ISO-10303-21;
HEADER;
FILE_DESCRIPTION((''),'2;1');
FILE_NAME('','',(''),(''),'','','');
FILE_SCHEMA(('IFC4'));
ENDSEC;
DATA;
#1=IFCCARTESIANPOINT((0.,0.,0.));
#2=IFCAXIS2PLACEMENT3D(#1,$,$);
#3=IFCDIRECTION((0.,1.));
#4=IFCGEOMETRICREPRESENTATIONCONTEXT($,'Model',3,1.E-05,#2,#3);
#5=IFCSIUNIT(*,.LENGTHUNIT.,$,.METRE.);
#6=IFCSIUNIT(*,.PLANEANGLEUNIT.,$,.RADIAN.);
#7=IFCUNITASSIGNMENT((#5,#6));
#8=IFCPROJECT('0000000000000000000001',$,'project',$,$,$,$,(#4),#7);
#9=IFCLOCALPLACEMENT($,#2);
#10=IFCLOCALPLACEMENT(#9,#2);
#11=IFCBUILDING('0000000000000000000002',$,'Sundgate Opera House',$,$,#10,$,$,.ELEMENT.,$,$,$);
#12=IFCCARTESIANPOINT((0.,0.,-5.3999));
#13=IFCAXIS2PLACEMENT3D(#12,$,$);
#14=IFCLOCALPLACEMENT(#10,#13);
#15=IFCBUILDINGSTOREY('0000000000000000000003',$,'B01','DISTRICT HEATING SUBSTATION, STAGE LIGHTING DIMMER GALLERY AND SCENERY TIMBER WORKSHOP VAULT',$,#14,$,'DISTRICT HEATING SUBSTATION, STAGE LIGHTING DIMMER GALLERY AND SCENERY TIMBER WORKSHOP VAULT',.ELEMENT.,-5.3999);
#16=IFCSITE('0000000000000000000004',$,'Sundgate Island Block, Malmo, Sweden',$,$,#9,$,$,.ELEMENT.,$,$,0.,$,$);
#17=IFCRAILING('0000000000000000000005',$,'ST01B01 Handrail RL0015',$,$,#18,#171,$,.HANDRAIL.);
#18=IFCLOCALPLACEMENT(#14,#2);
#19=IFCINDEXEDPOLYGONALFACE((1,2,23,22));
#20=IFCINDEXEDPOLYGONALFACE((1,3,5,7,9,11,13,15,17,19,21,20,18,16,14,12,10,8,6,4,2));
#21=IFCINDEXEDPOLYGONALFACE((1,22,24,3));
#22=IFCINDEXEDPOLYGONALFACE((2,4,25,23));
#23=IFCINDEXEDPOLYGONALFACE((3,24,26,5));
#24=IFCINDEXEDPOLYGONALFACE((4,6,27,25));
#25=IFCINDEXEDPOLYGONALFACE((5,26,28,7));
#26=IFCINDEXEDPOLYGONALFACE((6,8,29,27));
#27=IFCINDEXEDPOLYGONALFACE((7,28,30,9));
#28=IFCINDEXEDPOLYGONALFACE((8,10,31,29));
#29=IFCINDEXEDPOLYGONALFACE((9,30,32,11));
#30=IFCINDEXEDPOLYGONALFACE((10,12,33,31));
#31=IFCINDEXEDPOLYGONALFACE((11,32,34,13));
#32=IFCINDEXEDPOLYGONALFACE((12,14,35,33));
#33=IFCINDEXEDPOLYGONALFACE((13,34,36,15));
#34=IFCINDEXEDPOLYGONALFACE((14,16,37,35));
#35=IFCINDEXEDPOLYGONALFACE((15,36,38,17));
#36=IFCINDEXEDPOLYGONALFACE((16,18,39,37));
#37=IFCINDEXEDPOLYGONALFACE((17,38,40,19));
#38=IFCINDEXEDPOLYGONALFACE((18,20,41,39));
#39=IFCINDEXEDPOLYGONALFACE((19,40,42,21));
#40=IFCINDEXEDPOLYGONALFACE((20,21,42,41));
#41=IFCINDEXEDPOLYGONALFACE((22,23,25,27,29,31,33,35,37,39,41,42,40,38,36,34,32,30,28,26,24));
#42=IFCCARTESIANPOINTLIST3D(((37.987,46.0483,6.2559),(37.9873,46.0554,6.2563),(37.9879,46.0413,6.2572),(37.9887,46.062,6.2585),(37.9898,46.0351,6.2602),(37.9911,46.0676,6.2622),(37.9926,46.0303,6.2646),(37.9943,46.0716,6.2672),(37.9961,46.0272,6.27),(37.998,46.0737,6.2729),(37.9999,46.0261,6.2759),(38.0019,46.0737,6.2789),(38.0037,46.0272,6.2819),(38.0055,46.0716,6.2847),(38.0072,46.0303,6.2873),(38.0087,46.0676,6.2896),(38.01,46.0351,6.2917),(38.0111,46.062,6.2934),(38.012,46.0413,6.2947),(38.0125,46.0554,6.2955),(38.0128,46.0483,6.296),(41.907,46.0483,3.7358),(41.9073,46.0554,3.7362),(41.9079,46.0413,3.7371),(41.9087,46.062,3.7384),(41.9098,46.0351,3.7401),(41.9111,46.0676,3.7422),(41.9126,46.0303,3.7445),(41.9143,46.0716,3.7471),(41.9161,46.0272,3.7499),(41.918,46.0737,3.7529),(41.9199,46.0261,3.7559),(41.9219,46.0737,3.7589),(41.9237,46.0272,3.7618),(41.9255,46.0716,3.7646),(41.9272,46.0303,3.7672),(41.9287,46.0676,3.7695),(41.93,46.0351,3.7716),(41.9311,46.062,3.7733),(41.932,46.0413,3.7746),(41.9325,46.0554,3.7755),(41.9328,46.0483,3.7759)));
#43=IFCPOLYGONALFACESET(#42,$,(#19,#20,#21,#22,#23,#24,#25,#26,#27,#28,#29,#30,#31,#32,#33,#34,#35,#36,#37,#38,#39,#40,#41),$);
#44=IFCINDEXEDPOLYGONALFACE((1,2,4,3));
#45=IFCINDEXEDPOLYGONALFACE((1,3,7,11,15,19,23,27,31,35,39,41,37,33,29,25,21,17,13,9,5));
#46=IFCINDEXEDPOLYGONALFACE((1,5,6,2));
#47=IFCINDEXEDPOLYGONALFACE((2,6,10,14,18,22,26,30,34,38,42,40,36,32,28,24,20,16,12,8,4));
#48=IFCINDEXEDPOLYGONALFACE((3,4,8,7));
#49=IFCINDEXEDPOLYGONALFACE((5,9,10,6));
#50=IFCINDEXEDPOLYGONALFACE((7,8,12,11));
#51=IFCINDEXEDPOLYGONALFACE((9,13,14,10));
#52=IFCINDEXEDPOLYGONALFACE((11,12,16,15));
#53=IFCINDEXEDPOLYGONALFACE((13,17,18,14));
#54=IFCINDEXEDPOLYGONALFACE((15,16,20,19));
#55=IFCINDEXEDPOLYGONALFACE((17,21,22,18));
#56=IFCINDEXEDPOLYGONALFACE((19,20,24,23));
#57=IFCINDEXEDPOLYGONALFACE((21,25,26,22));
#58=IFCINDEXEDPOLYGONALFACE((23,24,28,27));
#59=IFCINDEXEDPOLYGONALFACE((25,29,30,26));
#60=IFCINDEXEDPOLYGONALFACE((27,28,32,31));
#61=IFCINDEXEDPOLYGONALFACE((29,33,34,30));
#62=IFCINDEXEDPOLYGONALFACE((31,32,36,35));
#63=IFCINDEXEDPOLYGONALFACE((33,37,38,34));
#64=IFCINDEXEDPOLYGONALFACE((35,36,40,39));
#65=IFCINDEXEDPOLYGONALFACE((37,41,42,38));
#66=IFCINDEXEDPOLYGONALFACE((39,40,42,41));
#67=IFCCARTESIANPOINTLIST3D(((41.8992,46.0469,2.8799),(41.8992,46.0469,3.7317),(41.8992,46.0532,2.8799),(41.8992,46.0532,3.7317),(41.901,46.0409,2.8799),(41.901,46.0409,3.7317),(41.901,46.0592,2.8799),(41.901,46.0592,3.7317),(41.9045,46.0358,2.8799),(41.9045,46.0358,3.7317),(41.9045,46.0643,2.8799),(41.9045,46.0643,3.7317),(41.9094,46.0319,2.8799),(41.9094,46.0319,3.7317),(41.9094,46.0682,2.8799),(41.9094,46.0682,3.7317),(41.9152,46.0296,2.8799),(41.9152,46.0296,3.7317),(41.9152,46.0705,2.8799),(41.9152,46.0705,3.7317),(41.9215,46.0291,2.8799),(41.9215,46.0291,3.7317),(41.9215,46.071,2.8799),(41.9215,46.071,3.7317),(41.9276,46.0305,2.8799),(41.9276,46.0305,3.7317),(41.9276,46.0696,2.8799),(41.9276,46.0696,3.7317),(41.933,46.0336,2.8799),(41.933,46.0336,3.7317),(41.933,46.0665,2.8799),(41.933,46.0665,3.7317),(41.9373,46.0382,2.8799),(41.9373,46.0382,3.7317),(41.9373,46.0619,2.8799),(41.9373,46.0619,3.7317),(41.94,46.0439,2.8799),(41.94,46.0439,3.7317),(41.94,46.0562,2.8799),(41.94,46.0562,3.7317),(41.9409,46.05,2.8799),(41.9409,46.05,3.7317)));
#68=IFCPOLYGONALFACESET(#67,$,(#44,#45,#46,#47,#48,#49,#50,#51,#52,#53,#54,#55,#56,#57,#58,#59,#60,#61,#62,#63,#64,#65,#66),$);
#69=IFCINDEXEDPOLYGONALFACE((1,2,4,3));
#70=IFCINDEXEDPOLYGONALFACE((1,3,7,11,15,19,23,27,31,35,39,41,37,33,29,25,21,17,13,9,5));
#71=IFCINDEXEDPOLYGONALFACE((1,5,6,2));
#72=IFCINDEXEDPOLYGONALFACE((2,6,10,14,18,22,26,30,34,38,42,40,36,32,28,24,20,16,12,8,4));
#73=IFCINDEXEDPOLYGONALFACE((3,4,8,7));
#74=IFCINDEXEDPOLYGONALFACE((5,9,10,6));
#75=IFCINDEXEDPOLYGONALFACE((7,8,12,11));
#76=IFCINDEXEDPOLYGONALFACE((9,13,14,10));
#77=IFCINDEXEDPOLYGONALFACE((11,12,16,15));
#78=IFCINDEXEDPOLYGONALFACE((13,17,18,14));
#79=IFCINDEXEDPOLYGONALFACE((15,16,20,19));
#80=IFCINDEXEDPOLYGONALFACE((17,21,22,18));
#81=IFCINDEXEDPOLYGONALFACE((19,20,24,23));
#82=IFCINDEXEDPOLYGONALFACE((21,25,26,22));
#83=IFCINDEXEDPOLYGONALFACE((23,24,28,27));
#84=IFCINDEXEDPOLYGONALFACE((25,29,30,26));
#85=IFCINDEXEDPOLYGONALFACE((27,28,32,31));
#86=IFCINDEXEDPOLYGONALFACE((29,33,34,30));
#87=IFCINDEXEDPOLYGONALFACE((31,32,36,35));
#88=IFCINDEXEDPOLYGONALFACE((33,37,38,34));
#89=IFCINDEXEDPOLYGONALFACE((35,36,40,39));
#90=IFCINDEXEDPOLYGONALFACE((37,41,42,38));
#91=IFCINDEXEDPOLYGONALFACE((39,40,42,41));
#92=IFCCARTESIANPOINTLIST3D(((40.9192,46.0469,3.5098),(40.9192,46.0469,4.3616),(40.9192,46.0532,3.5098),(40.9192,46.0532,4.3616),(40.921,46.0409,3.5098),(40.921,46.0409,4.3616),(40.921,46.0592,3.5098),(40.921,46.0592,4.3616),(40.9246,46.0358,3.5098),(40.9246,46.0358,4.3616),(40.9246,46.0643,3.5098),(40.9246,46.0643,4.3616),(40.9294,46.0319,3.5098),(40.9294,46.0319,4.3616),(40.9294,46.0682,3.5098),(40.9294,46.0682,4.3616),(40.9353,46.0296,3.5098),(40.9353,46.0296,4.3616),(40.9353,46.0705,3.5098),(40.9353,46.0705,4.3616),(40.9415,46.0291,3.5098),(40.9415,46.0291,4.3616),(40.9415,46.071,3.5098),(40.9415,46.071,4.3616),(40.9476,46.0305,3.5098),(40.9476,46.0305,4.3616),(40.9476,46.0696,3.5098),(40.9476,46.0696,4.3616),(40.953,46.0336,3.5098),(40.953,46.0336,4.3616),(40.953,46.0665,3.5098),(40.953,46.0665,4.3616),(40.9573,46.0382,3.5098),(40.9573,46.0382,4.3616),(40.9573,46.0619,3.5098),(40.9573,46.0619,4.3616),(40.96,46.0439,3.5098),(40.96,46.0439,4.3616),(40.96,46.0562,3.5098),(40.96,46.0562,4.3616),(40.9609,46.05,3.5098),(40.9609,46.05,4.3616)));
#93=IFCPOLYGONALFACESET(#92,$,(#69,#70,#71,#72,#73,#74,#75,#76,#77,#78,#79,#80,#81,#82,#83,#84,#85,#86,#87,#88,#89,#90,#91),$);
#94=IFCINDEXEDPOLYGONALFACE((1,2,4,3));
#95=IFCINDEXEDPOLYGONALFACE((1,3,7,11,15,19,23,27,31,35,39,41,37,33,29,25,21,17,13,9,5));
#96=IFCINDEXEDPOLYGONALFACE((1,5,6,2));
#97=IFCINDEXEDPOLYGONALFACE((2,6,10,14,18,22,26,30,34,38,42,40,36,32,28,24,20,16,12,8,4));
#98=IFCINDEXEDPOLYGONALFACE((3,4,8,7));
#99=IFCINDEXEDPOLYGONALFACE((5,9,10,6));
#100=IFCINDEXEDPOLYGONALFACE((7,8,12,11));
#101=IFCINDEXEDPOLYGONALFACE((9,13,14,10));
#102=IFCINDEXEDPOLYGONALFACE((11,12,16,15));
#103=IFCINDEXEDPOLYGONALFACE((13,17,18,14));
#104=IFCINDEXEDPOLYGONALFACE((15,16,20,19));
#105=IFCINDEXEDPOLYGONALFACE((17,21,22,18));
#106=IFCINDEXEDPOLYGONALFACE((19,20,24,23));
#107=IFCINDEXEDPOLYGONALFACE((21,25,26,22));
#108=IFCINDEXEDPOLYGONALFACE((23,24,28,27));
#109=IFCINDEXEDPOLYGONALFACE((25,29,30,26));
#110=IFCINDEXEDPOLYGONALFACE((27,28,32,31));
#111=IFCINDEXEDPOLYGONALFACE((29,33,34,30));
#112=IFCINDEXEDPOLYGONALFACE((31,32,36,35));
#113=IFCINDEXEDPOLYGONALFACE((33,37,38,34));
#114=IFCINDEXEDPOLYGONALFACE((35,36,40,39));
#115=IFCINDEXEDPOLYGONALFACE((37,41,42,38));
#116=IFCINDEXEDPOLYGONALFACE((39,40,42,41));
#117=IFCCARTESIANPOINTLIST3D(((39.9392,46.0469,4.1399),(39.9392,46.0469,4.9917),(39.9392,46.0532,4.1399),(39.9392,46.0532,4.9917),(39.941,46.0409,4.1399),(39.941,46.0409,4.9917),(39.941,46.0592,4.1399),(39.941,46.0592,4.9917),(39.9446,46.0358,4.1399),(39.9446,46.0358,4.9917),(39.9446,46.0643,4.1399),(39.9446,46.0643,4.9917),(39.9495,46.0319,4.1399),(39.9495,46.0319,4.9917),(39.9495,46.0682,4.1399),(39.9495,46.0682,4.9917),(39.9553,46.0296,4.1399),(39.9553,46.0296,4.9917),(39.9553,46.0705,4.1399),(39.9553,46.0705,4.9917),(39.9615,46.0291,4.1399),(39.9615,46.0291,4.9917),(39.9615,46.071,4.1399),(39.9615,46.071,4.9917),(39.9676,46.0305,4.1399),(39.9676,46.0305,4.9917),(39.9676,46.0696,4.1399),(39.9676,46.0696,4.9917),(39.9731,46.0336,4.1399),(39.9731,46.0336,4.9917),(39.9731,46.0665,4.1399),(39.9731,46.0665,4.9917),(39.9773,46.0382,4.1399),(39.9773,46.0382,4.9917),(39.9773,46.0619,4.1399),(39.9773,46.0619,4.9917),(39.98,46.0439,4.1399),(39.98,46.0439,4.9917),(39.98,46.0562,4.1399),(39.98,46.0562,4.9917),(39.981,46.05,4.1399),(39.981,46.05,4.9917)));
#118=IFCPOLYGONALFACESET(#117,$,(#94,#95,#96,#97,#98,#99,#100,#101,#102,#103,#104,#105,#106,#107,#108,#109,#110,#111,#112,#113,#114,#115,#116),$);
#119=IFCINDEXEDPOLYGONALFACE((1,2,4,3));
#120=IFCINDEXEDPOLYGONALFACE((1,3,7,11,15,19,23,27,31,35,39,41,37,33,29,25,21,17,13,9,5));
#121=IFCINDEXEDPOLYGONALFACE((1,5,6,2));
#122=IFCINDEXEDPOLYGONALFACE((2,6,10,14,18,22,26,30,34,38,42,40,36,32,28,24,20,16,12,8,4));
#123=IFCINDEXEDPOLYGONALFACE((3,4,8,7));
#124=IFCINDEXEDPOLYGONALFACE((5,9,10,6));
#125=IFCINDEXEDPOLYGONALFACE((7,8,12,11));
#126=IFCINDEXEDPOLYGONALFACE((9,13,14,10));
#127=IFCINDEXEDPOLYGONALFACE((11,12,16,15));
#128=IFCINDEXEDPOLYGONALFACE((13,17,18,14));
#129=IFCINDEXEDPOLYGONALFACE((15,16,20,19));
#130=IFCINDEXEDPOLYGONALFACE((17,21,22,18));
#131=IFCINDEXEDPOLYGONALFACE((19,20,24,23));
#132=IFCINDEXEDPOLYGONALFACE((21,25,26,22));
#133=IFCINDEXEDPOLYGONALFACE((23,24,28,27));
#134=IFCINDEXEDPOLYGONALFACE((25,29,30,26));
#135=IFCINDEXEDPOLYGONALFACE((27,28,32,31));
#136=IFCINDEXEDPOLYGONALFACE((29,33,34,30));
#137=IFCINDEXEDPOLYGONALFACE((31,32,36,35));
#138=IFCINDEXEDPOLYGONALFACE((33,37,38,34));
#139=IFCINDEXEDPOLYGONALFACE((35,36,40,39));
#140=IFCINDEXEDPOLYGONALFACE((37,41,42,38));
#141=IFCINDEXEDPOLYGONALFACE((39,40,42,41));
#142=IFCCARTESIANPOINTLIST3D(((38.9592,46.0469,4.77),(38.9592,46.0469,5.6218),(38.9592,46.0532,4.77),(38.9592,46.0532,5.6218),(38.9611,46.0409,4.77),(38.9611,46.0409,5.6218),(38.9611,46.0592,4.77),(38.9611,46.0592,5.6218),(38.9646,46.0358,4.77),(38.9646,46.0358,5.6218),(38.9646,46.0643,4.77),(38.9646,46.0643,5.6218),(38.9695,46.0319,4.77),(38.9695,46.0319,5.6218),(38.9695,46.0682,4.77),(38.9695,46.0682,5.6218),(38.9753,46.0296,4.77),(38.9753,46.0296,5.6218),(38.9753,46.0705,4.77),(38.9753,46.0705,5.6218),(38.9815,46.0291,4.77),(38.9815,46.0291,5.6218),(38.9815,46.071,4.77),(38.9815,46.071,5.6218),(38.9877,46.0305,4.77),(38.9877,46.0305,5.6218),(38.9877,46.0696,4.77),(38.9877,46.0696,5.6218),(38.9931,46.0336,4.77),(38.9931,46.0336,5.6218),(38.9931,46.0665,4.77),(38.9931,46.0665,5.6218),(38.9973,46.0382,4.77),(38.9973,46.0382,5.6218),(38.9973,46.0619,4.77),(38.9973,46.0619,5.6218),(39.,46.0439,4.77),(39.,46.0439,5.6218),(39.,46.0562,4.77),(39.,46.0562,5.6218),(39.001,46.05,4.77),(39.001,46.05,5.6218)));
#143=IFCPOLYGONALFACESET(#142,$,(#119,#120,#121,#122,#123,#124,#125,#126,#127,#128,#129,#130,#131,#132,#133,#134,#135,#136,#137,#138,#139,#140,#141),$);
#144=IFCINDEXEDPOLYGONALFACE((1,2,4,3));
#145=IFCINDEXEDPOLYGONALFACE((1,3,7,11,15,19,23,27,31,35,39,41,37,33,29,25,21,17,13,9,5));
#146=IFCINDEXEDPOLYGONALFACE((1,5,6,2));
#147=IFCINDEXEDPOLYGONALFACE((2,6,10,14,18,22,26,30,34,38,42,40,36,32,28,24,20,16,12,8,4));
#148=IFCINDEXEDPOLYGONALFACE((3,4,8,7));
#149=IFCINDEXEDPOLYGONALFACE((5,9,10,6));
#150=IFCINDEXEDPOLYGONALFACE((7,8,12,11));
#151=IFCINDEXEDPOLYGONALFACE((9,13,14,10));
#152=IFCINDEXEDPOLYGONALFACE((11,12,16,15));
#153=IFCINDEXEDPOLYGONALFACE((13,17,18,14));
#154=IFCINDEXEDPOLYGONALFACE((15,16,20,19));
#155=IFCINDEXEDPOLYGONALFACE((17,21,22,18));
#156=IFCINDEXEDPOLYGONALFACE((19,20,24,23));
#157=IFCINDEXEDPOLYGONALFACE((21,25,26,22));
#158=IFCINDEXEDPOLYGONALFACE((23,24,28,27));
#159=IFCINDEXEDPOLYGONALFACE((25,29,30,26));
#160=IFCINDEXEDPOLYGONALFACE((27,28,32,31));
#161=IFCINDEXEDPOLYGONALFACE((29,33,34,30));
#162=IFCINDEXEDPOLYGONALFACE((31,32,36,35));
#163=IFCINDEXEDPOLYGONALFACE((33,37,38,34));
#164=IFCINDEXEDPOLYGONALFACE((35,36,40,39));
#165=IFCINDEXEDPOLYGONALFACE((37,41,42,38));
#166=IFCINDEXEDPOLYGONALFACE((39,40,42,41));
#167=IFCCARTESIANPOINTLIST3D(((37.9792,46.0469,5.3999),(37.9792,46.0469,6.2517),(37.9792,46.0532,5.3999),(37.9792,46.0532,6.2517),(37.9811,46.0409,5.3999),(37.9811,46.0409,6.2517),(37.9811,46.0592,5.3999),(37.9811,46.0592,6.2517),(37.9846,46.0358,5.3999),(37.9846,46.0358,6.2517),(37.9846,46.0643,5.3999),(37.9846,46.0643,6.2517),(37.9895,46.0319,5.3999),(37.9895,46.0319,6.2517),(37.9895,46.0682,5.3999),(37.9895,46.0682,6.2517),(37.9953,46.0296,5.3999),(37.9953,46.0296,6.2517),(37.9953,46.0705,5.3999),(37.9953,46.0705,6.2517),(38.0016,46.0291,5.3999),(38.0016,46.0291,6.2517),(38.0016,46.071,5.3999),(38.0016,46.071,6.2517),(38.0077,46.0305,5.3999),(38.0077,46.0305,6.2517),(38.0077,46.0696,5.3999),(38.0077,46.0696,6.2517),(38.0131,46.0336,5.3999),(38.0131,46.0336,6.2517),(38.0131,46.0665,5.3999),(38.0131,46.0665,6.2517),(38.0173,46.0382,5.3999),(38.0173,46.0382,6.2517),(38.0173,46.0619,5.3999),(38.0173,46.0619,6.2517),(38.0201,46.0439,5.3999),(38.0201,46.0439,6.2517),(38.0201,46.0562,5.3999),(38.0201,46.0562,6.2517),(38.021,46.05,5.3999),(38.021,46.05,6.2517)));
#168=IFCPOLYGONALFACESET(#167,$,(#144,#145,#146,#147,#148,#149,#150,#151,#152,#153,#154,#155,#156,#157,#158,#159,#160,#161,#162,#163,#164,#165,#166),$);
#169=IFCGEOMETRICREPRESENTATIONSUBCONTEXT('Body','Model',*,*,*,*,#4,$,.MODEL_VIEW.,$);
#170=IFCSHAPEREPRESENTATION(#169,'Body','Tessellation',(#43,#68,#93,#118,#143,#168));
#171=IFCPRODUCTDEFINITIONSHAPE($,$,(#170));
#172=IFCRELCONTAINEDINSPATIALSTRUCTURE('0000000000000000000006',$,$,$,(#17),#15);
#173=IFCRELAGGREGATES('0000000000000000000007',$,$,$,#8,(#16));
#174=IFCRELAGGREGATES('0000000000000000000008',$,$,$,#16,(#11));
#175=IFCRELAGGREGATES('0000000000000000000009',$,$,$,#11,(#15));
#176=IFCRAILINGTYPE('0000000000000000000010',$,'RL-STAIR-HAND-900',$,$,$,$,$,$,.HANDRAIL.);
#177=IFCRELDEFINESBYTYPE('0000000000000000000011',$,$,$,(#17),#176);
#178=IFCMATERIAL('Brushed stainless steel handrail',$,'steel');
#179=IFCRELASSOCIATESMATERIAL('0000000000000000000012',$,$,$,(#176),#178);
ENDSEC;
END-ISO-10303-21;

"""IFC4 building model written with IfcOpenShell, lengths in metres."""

from ifc_helpers import new_model, si_unit, direction, frame, origin, origin_2d, place, context, subcontext, project, spatial, circle, extrude, material, type_object, element, save


model = new_model("IFC4")

# Units and contexts
model_context = context("Model", 3, precision=1e-05, world=origin(), true_north=direction((0.0, 1.0)))
body_context = subcontext(model_context, "Body", "Model", "MODEL_VIEW")
ifc_project = project(units=[si_unit("LENGTHUNIT", "METRE"), si_unit("PLANEANGLEUNIT", "RADIAN")], contexts=[model_context])

# Site, building, storey
site_placement = place(None, origin())
site = spatial("IfcSite", under=ifc_project, at=site_placement, Name="Sundgate Island Block, Malmo, Sweden", CompositionType="ELEMENT", RefElevation=0.0)
building_placement = place(site_placement, origin())
building = spatial("IfcBuilding", under=site, at=building_placement, Name="Sundgate Opera House", CompositionType="ELEMENT")
storey_placement = place(building_placement, frame((0.0, 0.0, -5.3999)))
storey = spatial("IfcBuildingStorey", under=building, at=storey_placement, Name="B01", Description="DISTRICT HEATING SUBSTATION, STAGE LIGHTING DIMMER GALLERY AND SCENERY TIMBER WORKSHOP VAULT", LongName="DISTRICT HEATING SUBSTATION, STAGE LIGHTING DIMMER GALLERY AND SCENERY TIMBER WORKSHOP VAULT", CompositionType="ELEMENT", Elevation=-5.3999)

# Railing
ifc_material_1 = material(Name="Brushed stainless steel handrail", Category="steel")
railing_type_1 = type_object("IfcRailingType", Name="RL-STAIR-HAND-900", PredefinedType="HANDRAIL", material=ifc_material_1)
railing_1_placement = place(storey_placement, frame((41.9199, 46.05, 2.8799)))
element("IfcRailing", 1, at=railing_1_placement, inside=storey, type_object=railing_type_1, Name="ST01B01 Handrail RL0015", PredefinedType="HANDRAIL", context=body_context, shape_type="SweptSolid", body=[
    extrude(circle(Radius=0.0239, at=origin_2d()), frame((0.0, 0.0, 0.876), z_axis=(-0.841172, 0.0, 0.540768), x_axis=(0.0, -1.0, 0.0)), (0.0, 0.0, 1.0), 4.6602),
    extrude(circle(Radius=0.021, at=origin_2d()), origin(), (0.0, 0.0, 1.0), 0.8518),
    extrude(circle(Radius=0.021, at=origin_2d()), frame((-0.98, 0.0, 0.6299)), (0.0, 0.0, 1.0), 0.8518),
    extrude(circle(Radius=0.021, at=origin_2d()), frame((-1.96, 0.0, 1.26)), (0.0, 0.0, 1.0), 0.8518),
    extrude(circle(Radius=0.021, at=origin_2d()), frame((-2.9399, 0.0, 1.8901)), (0.0, 0.0, 1.0), 0.8518),
    extrude(circle(Radius=0.021, at=origin_2d()), frame((-3.9199, 0.0, 2.52)), (0.0, 0.0, 1.0), 0.8518),
])

save(model, "model.ifc")
